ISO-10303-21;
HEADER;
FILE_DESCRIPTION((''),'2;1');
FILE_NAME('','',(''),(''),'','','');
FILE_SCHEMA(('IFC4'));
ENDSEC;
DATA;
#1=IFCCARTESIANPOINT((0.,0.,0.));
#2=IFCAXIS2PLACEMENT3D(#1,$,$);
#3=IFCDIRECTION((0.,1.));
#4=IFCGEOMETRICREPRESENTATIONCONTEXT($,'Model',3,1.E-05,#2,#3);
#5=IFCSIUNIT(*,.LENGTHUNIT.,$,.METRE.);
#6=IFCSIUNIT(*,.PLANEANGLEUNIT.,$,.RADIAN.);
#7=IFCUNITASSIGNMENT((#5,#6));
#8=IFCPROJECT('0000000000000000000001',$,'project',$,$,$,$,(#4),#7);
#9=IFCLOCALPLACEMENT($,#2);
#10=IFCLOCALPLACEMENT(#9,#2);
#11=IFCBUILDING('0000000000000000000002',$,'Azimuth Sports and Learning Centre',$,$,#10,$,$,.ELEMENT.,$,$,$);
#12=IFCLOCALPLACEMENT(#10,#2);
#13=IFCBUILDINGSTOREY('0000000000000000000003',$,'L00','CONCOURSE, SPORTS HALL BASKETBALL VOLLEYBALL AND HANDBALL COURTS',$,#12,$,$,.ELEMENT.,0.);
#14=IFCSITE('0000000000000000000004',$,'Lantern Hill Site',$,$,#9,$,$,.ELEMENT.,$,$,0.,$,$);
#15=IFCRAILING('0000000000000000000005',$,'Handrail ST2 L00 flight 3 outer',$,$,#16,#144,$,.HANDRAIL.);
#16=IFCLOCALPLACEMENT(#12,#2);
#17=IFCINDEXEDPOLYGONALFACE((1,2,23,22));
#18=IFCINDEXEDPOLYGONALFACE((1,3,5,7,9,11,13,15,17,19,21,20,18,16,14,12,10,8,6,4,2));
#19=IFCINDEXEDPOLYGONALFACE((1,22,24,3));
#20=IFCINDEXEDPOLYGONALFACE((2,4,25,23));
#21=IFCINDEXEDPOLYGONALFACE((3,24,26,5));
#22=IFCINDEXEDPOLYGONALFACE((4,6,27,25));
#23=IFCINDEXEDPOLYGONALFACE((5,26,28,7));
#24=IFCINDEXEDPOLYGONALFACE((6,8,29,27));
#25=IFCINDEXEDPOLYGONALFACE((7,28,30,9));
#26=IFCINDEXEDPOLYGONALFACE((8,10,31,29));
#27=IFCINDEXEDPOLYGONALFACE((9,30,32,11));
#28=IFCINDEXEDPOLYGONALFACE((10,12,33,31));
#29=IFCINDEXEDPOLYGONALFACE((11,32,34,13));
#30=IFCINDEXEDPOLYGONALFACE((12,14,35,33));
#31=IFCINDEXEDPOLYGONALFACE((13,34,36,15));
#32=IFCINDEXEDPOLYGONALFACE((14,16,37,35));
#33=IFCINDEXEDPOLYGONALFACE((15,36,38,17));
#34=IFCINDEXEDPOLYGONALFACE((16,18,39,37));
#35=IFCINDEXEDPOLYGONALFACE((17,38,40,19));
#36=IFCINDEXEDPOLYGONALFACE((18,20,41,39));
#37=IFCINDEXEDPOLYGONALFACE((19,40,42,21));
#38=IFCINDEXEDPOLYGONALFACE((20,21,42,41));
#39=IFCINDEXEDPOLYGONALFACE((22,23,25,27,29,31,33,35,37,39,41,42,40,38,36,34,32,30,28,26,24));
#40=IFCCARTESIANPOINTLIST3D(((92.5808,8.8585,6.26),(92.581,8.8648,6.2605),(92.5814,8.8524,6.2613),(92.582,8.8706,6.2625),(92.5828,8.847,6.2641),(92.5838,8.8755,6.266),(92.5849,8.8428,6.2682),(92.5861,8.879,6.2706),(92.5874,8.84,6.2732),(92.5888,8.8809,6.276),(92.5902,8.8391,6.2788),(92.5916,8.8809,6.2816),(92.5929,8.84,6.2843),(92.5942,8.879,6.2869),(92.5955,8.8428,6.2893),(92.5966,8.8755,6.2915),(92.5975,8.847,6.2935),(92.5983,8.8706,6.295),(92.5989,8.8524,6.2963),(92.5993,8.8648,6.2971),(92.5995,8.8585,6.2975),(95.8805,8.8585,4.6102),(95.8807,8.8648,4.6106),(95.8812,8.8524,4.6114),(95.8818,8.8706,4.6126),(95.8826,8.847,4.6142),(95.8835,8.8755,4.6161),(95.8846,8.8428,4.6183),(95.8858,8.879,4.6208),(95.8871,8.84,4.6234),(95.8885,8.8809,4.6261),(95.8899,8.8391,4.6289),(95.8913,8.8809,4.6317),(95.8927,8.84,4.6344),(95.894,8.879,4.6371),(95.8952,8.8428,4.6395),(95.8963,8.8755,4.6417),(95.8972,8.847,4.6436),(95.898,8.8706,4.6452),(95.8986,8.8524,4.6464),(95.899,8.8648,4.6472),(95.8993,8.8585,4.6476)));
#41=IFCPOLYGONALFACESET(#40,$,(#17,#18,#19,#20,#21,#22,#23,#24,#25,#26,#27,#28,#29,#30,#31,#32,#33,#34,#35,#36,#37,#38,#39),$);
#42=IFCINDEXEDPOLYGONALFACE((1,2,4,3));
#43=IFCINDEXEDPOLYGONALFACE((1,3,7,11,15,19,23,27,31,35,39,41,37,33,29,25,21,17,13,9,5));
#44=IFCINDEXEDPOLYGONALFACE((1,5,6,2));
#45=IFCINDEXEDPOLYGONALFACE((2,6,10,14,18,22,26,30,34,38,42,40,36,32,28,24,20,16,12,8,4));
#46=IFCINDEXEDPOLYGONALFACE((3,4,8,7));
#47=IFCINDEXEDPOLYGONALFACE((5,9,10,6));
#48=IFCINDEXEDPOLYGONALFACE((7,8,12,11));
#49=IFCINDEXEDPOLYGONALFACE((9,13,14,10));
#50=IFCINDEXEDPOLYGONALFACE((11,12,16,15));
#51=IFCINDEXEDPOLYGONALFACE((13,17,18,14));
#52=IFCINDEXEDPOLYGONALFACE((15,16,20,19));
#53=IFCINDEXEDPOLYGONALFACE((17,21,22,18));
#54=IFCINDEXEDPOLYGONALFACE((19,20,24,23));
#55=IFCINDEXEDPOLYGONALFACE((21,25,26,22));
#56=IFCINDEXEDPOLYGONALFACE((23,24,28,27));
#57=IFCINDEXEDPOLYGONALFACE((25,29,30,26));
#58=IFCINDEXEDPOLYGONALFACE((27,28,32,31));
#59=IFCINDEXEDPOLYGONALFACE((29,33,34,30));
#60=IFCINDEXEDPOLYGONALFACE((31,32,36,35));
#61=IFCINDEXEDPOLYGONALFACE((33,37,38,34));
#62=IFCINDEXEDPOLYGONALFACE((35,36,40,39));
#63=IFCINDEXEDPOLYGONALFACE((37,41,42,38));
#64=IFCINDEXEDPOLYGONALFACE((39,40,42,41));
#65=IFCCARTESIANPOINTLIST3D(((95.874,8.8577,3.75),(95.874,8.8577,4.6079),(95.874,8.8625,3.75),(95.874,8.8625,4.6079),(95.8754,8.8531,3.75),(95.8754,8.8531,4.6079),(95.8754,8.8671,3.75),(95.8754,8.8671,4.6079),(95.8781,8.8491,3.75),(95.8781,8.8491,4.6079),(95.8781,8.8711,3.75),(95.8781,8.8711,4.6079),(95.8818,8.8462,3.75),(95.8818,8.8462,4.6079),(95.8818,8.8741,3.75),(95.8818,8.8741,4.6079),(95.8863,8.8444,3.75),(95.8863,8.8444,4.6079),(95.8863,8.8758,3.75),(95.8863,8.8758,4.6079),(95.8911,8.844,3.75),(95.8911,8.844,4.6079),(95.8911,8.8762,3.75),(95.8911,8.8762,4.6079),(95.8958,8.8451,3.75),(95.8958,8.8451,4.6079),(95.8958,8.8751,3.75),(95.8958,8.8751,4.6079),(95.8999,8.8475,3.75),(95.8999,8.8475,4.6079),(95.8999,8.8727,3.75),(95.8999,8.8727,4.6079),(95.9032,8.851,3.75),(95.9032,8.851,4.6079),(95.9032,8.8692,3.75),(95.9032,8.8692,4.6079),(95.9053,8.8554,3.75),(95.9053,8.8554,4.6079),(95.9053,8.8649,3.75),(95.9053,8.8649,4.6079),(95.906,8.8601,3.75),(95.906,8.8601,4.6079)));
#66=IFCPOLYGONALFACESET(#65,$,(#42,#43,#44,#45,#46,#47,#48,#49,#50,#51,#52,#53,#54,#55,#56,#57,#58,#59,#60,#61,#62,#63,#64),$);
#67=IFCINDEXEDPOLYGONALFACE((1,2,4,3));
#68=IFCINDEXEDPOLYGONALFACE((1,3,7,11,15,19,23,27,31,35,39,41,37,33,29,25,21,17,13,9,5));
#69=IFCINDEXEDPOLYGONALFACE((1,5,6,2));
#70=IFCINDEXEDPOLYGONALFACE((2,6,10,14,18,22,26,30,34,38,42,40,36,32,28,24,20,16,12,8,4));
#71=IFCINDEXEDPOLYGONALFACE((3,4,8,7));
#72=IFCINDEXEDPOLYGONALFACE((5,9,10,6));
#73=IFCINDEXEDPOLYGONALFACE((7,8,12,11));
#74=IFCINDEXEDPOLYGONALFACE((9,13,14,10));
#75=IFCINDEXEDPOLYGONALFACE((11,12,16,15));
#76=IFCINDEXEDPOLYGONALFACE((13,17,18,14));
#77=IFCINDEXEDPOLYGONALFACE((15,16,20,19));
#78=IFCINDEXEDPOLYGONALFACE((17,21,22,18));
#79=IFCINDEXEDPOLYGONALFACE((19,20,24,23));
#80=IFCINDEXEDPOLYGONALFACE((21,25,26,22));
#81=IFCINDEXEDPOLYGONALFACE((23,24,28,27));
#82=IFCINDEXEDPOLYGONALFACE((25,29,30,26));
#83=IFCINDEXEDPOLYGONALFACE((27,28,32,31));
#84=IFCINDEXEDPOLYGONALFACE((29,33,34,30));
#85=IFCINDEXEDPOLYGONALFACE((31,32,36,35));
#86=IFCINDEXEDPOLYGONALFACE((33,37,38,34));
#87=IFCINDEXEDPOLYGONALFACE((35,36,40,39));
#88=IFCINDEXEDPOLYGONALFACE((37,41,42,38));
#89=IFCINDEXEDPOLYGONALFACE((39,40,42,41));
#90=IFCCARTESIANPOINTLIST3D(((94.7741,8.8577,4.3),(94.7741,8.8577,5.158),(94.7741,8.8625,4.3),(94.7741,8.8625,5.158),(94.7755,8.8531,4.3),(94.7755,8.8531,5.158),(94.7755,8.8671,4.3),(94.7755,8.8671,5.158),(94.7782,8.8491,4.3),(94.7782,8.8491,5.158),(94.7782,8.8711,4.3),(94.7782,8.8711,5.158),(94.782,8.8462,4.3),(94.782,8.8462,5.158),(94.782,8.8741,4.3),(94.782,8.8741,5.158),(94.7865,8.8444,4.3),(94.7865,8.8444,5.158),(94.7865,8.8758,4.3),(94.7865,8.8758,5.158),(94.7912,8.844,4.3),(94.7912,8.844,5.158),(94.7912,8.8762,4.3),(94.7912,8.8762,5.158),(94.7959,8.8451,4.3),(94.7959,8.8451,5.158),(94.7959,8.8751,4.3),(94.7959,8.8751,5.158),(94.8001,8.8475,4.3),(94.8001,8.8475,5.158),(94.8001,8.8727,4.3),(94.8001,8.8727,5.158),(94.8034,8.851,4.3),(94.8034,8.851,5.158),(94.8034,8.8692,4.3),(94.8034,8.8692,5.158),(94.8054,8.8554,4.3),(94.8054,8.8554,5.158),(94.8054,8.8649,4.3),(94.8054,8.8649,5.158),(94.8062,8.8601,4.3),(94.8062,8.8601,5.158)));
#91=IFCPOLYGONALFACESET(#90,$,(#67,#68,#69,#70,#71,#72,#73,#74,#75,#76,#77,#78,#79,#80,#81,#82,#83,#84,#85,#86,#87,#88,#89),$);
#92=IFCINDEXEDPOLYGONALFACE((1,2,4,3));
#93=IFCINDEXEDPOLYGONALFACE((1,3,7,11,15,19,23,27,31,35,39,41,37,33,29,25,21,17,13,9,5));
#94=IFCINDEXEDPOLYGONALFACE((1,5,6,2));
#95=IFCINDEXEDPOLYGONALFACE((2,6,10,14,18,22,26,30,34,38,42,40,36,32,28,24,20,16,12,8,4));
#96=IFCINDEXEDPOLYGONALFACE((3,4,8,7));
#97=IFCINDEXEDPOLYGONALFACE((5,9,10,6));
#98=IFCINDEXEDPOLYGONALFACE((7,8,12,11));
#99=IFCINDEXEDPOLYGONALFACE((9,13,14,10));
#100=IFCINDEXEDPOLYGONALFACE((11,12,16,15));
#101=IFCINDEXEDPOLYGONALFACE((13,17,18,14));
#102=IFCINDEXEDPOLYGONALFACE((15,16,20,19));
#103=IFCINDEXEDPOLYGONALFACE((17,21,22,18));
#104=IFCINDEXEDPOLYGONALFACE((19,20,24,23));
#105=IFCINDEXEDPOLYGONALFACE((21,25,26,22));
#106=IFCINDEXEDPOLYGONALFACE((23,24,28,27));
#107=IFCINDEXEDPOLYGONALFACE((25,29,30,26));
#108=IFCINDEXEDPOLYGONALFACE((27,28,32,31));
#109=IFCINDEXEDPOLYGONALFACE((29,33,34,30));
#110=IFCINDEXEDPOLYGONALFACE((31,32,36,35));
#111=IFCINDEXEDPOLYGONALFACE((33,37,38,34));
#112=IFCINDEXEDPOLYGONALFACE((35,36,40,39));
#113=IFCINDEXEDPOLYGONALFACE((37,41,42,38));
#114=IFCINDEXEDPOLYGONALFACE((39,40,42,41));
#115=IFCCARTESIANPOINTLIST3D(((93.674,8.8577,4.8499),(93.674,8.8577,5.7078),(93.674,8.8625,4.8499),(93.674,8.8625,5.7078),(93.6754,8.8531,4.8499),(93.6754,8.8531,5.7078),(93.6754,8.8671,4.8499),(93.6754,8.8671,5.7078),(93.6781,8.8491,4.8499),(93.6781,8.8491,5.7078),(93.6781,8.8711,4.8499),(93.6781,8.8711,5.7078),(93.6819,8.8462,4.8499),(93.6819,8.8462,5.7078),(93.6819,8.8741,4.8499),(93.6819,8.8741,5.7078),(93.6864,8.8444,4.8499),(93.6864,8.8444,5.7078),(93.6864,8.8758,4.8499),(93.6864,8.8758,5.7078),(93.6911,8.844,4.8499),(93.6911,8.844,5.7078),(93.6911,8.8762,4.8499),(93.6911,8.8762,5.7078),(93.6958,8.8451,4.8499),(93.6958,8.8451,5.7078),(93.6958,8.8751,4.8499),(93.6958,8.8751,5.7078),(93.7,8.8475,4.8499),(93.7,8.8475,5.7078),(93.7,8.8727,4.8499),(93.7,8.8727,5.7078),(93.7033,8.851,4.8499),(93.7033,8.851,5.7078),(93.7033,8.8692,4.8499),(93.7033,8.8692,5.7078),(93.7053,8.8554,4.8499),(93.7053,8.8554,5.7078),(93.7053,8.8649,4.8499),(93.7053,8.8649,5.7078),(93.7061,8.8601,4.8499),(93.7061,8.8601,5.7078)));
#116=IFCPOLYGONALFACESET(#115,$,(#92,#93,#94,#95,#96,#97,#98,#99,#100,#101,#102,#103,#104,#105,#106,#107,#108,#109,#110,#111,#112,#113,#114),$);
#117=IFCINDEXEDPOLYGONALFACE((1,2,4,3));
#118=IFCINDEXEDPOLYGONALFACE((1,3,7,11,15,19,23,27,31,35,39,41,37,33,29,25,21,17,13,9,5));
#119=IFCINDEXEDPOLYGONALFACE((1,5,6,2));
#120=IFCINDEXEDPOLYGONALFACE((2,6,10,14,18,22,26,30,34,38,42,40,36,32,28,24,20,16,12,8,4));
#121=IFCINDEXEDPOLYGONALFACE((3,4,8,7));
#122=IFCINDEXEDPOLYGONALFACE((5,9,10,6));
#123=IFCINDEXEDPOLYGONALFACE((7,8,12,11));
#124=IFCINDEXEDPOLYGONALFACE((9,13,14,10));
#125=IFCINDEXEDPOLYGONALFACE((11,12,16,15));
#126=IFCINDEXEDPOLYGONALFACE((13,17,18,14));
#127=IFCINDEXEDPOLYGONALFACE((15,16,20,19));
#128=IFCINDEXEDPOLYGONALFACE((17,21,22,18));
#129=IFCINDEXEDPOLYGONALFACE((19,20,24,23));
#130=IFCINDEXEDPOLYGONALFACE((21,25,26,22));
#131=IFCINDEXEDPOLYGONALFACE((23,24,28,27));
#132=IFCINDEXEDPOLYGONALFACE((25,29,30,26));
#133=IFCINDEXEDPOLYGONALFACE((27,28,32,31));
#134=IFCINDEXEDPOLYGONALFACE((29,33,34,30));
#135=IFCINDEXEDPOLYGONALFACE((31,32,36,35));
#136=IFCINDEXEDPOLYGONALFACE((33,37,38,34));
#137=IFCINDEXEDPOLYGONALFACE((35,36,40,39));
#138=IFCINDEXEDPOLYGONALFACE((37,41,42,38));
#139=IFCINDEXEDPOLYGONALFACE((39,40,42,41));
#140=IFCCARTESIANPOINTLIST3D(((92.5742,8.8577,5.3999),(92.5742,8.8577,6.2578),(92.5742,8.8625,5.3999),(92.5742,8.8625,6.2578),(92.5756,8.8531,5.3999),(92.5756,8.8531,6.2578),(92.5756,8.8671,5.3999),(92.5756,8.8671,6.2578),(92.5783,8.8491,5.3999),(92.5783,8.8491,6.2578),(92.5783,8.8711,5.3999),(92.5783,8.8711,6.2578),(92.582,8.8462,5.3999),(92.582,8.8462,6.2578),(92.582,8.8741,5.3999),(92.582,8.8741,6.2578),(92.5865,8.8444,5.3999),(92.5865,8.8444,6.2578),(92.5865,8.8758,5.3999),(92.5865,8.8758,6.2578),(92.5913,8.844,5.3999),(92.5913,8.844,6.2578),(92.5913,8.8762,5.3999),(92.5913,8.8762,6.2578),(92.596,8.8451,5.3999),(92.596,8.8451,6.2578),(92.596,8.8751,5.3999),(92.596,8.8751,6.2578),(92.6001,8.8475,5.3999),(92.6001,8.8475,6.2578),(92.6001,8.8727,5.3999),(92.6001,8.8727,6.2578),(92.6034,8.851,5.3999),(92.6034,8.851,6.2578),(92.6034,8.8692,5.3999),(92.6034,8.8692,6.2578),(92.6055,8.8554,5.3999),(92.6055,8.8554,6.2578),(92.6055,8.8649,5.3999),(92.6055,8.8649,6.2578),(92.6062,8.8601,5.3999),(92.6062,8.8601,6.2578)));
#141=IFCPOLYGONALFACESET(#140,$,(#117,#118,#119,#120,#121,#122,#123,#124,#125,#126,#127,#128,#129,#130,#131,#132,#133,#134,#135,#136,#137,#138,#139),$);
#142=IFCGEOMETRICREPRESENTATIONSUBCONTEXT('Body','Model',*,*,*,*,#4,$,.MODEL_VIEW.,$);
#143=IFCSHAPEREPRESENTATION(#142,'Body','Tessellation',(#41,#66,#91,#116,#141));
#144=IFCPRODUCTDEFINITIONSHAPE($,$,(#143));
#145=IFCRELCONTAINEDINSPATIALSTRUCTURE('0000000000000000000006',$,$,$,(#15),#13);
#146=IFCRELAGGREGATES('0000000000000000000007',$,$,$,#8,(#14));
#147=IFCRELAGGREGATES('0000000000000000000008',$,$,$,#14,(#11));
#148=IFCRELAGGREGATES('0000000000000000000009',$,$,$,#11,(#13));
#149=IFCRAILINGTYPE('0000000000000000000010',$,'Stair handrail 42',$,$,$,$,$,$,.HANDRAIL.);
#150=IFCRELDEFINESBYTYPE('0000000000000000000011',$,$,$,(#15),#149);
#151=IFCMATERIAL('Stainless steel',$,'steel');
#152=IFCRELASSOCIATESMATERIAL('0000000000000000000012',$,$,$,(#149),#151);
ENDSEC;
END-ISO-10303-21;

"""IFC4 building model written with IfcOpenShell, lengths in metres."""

from ifc_helpers import new_model, si_unit, direction, frame, origin, origin_2d, place, context, subcontext, project, spatial, circle, extrude, material, type_object, element, save


model = new_model("IFC4")

# Units and contexts
model_context = context("Model", 3, precision=1e-05, world=origin(), true_north=direction((0.0, 1.0)))
body_context = subcontext(model_context, "Body", "Model", "MODEL_VIEW")
ifc_project = project(units=[si_unit("LENGTHUNIT", "METRE"), si_unit("PLANEANGLEUNIT", "RADIAN")], contexts=[model_context])

# Site, building, storey
site_placement = place(None, origin())
site = spatial("IfcSite", under=ifc_project, at=site_placement, Name="Lantern Hill Site", CompositionType="ELEMENT", RefElevation=0.0)
building_placement = place(site_placement, origin())
building = spatial("IfcBuilding", under=site, at=building_placement, Name="Azimuth Sports and Learning Centre", CompositionType="ELEMENT")
storey_placement = place(building_placement, origin())
storey = spatial("IfcBuildingStorey", under=building, at=storey_placement, Name="L00", Description="CONCOURSE, SPORTS HALL BASKETBALL VOLLEYBALL AND HANDBALL COURTS", CompositionType="ELEMENT", Elevation=0.0)

# Railing
ifc_material_1 = material(Name="Stainless steel", Category="steel")
railing_type = type_object("IfcRailingType", Name="Stair handrail 42", PredefinedType="HANDRAIL", material=ifc_material_1)
for number, where, name in (
    (1, (95.8899, 8.8601, 3.75), "Handrail ST2 L00 flight 3 outer"),
):
    element("IfcRailing", number, at=place(storey_placement, frame(where)), inside=storey, type_object=railing_type, Name=name, PredefinedType="HANDRAIL", context=body_context, shape_type="SweptSolid", body=[
        extrude(circle(Radius=0.021, at=origin_2d()), frame((0.0, 0.0, 0.8789), z_axis=(-0.894427, 0.0, 0.447214), x_axis=(0.0, -1.0, 0.0)), (0.0, 0.0, 1.0), 3.6892),
        extrude(circle(Radius=0.0161, at=origin_2d()), origin(), (0.0, 0.0, 1.0), 0.8579),
        extrude(circle(Radius=0.0161, at=origin_2d()), frame((-1.0999, 0.0, 0.55)), (0.0, 0.0, 1.0), 0.8579),
        extrude(circle(Radius=0.0161, at=origin_2d()), frame((-2.2, 0.0, 1.0999)), (0.0, 0.0, 1.0), 0.8579),
        extrude(circle(Radius=0.0161, at=origin_2d()), frame((-3.2998, 0.0, 1.6499)), (0.0, 0.0, 1.0), 0.8579),
    ])

save(model, "model.ifc")
